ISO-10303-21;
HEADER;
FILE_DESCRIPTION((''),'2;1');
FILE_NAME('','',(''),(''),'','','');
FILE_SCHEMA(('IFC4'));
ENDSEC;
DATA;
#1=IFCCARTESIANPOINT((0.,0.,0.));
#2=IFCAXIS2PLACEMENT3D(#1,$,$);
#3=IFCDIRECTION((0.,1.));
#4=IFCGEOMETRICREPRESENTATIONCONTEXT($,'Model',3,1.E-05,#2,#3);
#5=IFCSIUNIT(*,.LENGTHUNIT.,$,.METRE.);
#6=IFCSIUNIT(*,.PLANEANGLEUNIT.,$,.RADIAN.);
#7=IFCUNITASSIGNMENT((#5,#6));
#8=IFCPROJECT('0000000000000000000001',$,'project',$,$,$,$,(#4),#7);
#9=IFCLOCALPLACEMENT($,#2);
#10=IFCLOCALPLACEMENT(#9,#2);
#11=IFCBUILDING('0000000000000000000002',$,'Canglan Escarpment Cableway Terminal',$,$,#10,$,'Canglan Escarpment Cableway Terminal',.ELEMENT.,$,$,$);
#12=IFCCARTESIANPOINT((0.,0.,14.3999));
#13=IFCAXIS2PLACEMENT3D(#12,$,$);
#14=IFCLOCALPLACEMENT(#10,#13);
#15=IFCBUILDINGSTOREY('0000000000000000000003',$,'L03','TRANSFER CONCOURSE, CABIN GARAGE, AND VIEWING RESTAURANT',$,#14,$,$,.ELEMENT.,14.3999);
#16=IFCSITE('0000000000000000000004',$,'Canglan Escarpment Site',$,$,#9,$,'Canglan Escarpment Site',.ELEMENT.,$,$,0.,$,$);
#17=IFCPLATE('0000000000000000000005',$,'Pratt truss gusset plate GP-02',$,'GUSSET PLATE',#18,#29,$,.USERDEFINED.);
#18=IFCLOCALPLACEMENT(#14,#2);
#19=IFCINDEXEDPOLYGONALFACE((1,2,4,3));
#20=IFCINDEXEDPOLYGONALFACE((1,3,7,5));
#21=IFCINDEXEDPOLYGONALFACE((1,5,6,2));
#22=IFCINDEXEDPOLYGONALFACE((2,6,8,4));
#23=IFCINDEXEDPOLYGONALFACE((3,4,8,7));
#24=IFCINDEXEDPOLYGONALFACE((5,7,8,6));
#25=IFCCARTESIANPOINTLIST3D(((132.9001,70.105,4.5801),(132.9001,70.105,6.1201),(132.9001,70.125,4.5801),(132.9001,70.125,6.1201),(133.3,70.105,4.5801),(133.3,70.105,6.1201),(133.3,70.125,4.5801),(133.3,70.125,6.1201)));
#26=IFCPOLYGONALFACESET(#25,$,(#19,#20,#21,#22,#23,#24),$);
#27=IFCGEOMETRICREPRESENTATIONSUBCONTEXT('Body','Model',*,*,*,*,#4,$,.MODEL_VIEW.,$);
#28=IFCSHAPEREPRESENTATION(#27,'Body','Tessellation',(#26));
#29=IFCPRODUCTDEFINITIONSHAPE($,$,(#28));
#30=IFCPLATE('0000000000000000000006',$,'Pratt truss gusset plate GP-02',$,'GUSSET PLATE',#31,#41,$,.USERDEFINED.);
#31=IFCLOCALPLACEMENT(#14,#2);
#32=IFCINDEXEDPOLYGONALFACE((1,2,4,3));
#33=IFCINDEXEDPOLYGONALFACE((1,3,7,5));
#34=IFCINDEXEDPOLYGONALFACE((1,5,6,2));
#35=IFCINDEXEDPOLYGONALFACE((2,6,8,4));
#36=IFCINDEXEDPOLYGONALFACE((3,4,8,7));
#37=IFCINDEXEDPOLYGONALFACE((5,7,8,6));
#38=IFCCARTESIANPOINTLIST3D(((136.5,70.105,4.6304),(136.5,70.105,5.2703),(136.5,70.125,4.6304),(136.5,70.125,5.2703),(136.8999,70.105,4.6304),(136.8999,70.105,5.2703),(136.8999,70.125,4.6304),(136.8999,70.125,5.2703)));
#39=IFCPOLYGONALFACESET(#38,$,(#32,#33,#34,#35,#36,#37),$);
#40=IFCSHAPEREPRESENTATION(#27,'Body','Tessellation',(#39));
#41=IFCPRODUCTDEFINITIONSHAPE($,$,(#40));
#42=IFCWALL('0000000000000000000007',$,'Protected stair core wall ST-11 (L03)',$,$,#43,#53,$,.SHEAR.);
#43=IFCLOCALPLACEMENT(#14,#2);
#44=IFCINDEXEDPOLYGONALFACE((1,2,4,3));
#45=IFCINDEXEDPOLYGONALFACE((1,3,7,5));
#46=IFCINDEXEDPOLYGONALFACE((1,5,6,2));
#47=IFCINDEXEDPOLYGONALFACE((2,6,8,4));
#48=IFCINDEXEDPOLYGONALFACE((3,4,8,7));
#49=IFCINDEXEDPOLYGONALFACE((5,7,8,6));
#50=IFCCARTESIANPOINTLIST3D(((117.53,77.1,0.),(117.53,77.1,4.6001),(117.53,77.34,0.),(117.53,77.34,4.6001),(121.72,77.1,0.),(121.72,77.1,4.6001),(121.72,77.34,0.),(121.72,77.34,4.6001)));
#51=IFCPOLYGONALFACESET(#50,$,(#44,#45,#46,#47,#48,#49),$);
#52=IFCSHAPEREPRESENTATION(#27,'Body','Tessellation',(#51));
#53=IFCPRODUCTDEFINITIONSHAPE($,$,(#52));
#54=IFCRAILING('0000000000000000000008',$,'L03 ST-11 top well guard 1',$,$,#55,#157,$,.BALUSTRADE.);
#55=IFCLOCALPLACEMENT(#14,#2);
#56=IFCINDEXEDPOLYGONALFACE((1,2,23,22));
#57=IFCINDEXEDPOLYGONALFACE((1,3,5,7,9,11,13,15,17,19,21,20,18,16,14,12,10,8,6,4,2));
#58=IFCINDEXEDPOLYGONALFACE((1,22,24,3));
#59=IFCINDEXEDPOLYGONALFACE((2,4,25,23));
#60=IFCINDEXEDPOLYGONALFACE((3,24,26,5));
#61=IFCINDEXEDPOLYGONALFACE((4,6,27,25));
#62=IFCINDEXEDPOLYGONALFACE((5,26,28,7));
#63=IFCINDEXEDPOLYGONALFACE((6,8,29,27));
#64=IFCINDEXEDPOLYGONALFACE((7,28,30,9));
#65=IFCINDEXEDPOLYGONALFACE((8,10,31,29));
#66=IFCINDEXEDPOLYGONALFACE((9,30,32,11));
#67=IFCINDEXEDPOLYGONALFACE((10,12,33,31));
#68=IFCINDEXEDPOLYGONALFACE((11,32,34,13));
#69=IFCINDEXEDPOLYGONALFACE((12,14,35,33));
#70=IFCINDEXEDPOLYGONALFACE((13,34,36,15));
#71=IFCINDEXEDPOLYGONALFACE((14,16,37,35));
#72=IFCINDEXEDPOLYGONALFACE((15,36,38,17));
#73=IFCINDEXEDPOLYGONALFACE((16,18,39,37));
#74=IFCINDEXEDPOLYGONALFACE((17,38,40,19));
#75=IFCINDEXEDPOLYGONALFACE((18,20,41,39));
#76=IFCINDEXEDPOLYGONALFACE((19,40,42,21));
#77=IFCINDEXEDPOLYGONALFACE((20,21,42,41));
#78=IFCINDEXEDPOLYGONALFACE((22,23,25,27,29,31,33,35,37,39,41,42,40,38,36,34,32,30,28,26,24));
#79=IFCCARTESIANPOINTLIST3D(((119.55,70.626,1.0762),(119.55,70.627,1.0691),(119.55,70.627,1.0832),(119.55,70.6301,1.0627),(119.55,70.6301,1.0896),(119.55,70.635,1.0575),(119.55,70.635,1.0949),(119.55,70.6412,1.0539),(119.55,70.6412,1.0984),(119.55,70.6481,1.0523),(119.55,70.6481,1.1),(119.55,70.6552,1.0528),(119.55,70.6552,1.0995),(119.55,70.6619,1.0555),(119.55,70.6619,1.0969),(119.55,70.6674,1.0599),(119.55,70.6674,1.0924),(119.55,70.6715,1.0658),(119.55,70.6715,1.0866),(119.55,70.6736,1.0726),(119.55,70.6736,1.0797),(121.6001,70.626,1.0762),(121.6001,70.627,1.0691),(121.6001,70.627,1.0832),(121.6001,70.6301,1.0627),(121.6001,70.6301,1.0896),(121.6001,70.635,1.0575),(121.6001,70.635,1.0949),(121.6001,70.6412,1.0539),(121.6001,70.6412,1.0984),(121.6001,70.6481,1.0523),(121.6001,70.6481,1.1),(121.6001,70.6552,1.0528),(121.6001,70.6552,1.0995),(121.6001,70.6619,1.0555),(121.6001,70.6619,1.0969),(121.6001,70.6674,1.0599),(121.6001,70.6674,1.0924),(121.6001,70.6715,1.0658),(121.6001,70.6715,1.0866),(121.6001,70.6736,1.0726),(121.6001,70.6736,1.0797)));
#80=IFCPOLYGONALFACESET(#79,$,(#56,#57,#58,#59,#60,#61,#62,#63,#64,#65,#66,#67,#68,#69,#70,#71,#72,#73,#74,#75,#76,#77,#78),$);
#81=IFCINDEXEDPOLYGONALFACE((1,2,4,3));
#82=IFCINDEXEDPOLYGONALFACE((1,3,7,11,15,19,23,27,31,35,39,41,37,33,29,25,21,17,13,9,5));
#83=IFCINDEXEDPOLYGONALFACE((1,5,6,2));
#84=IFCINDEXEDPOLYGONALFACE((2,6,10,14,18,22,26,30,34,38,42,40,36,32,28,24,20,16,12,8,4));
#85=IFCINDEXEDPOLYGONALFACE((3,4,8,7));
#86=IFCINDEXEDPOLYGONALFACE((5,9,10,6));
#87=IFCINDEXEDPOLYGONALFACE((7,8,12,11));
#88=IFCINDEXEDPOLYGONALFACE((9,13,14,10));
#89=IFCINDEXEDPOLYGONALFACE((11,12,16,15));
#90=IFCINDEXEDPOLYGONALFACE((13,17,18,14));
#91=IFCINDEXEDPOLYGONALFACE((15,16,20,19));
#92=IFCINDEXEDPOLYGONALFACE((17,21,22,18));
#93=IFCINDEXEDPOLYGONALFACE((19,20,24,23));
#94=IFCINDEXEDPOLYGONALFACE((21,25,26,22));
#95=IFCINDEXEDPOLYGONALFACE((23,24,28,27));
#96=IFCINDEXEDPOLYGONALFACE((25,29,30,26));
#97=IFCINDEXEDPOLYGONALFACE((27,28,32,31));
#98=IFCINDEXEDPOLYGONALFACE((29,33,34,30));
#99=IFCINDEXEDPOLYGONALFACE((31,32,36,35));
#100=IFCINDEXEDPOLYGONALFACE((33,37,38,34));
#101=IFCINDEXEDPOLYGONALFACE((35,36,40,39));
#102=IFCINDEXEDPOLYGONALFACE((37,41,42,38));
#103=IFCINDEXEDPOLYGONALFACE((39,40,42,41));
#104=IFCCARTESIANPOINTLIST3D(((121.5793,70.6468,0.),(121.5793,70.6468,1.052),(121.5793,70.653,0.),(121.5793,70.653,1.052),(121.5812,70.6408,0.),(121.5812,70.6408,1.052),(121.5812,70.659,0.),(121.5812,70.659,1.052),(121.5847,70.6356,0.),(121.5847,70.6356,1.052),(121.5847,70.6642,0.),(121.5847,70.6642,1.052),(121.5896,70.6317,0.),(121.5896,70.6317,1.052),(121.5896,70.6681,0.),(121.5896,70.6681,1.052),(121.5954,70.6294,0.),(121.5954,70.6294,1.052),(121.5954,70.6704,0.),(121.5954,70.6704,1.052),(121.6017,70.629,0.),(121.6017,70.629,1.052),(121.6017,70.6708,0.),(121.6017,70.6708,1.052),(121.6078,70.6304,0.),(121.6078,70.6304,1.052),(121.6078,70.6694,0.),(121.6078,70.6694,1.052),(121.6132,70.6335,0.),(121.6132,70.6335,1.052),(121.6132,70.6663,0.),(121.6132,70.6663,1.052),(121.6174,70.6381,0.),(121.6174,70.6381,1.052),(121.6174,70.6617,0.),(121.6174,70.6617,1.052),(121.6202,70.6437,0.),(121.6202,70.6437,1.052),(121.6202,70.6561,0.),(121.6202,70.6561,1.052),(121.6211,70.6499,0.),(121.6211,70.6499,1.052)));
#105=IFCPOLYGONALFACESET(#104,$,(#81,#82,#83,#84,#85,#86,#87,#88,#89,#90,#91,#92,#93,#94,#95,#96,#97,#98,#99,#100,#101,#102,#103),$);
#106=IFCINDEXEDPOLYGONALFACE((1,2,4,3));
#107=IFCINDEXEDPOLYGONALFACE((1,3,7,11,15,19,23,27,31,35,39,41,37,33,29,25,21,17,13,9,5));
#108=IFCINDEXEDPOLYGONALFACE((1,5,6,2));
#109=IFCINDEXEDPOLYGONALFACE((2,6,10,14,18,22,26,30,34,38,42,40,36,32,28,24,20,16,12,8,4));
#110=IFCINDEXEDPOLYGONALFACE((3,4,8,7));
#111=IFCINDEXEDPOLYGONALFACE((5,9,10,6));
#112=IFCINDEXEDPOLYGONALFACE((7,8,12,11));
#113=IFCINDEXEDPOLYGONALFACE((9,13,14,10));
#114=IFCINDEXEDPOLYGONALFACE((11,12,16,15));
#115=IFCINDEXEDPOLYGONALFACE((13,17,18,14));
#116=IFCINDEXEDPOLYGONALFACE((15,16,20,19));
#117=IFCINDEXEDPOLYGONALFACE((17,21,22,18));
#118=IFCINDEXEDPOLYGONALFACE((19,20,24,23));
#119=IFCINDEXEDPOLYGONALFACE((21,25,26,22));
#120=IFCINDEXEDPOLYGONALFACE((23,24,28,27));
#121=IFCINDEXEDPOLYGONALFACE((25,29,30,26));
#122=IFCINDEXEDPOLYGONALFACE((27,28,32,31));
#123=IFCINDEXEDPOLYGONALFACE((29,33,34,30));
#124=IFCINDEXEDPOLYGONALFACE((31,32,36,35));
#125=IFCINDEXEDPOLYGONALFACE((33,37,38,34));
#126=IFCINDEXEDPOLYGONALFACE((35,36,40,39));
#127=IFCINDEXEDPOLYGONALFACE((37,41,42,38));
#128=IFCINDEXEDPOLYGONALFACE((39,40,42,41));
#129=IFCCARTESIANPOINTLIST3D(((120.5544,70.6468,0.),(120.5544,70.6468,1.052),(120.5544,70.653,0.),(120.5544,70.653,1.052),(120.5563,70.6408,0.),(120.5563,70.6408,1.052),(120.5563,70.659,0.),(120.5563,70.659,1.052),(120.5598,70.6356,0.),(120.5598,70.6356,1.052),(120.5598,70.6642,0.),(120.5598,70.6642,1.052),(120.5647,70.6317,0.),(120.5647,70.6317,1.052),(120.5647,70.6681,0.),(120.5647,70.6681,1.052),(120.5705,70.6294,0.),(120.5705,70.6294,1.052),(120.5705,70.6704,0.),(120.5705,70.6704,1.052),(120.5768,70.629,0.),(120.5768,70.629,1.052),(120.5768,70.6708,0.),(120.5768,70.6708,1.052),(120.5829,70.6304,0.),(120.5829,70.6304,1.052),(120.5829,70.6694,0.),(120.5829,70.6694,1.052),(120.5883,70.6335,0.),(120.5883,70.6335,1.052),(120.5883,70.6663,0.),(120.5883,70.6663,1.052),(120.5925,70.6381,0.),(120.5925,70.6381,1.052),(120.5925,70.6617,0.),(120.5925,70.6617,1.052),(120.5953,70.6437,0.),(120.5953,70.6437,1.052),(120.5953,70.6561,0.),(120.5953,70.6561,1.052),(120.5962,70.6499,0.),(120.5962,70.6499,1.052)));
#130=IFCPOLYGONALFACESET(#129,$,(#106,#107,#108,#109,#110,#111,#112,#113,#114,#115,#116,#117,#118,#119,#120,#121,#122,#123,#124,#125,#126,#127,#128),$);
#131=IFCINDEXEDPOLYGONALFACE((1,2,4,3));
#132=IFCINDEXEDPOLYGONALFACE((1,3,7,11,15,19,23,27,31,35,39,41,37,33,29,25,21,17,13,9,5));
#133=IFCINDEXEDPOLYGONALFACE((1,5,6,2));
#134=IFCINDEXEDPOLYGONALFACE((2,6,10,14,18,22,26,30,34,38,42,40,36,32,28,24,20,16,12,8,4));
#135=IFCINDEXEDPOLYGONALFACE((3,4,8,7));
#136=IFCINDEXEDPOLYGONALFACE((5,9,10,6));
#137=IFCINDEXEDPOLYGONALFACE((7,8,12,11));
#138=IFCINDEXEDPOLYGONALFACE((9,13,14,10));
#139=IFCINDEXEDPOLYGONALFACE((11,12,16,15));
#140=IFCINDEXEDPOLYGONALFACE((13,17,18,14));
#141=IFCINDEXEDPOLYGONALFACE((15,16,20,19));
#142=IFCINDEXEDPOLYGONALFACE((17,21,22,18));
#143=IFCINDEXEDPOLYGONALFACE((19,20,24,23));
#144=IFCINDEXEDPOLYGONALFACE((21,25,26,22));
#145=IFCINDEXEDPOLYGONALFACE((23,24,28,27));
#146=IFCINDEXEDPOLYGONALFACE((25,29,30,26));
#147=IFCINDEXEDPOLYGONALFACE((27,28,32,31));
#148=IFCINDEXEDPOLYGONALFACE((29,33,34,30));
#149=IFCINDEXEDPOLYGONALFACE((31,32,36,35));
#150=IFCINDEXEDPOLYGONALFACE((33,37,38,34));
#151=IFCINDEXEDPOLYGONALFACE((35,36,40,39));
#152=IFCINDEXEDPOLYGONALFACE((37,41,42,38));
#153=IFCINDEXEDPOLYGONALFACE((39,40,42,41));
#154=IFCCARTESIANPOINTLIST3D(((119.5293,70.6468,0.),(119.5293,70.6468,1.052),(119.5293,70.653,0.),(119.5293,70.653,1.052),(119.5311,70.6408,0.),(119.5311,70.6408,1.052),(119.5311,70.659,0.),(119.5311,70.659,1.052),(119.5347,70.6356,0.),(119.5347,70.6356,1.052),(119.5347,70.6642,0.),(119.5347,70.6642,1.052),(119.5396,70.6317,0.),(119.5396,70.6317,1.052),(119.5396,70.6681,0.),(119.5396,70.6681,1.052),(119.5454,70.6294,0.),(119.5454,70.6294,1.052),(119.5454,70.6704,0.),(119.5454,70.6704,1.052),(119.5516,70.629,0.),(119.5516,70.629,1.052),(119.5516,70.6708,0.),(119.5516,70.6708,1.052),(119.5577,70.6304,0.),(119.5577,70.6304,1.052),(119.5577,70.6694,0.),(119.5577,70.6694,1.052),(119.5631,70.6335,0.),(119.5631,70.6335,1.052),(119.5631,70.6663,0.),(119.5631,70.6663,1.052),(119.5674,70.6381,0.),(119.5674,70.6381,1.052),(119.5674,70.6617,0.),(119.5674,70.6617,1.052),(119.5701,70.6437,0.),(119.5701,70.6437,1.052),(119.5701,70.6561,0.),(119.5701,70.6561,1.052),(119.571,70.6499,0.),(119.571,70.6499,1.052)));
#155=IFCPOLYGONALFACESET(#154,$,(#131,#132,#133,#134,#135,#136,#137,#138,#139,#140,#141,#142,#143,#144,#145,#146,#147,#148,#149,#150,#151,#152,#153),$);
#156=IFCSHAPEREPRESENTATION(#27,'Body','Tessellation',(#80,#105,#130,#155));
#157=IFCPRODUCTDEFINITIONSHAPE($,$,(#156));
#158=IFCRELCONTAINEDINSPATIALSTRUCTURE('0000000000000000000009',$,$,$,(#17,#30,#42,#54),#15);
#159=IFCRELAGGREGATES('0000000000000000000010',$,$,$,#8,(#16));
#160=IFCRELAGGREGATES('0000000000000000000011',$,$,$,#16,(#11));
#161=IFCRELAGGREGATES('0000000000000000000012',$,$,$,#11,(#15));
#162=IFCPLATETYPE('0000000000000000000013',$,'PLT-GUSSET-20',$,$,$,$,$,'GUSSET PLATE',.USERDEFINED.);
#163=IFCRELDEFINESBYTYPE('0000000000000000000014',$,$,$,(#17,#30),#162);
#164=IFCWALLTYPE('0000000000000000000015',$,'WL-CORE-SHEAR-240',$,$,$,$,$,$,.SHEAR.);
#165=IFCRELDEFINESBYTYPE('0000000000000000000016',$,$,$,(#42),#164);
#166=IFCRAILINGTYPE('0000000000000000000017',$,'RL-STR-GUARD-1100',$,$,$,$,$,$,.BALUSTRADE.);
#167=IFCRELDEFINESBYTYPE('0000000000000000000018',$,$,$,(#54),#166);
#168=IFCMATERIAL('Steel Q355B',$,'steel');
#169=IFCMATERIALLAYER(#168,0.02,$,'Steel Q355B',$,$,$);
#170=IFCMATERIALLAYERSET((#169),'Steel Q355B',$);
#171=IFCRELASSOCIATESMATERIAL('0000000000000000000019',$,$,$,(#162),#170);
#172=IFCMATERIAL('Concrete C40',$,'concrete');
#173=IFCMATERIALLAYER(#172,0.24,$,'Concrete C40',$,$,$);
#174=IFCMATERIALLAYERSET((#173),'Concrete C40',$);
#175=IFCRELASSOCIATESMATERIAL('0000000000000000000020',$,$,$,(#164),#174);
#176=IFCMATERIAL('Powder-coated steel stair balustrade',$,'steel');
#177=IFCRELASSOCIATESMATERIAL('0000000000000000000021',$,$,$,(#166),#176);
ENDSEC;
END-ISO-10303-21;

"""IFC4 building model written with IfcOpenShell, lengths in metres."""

from ifc_helpers import new_model, si_unit, direction, frame, frame_2d, origin, origin_2d, place, context, subcontext, project, spatial, rectangle, circle, extrude, material, layer, layer_set, type_object, element, save


model = new_model("IFC4")

# Units and contexts
model_context = context("Model", 3, precision=1e-05, world=origin(), true_north=direction((0.0, 1.0)))
body_context = subcontext(model_context, "Body", "Model", "MODEL_VIEW")
ifc_project = project(units=[si_unit("LENGTHUNIT", "METRE"), si_unit("PLANEANGLEUNIT", "RADIAN")], contexts=[model_context])

# Site, building, storey
site_placement = place(None, origin())
site = spatial("IfcSite", under=ifc_project, at=site_placement, Name="Canglan Escarpment Site", LongName="Canglan Escarpment Site", CompositionType="ELEMENT", RefElevation=0.0)
building_placement = place(site_placement, origin())
building = spatial("IfcBuilding", under=site, at=building_placement, Name="Canglan Escarpment Cableway Terminal", LongName="Canglan Escarpment Cableway Terminal", CompositionType="ELEMENT")
storey_placement = place(building_placement, frame((0.0, 0.0, 14.3999)))
storey = spatial("IfcBuildingStorey", under=building, at=storey_placement, Name="L03", Description="TRANSFER CONCOURSE, CABIN GARAGE, AND VIEWING RESTAURANT", CompositionType="ELEMENT", Elevation=14.3999)

# Plates
ifc_material_1 = material(Name="Steel Q355B", Category="steel")
ifc_layer_1 = layer(ifc_material_1, 0.02, Name="Steel Q355B")
ifc_layer_set_1 = layer_set([ifc_layer_1], Name="Steel Q355B")
plate_type_1 = type_object("IfcPlateType", Name="PLT-GUSSET-20", ElementType="GUSSET PLATE", PredefinedType="USERDEFINED", material=ifc_layer_set_1)
plate_1_placement = place(storey_placement, frame((133.1001, 70.115, 4.5801), z_axis=(0.0, 0.0, 1.0), x_axis=(1.0, 0.0, 0.0)))
element("IfcPlate", 1, at=plate_1_placement, inside=storey, type_object=plate_type_1, Name="Pratt truss gusset plate GP-02", ObjectType="GUSSET PLATE", PredefinedType="USERDEFINED", context=body_context, shape_type="SweptSolid", body=[
    extrude(rectangle(XDim=0.3999, YDim=0.02, at=origin_2d()), origin(), (0.0, 0.0, 1.0), 1.54),
])
plate_2_placement = place(storey_placement, frame((136.7, 70.115, 4.6304), z_axis=(0.0, 0.0, 1.0), x_axis=(1.0, 0.0, 0.0)))
element("IfcPlate", 2, at=plate_2_placement, inside=storey, type_object=plate_type_1, Name="Pratt truss gusset plate GP-02", ObjectType="GUSSET PLATE", PredefinedType="USERDEFINED", context=body_context, shape_type="SweptSolid", body=[
    extrude(rectangle(XDim=0.3999, YDim=0.02, at=origin_2d()), origin(), (0.0, 0.0, 1.0), 0.6399),
])

# Wall
ifc_material_2 = material(Name="Concrete C40", Category="concrete")
ifc_layer_2 = layer(ifc_material_2, 0.24, Name="Concrete C40")
ifc_layer_set_2 = layer_set([ifc_layer_2], Name="Concrete C40")
wall_type = type_object("IfcWallType", Name="WL-CORE-SHEAR-240", PredefinedType="SHEAR", material=ifc_layer_set_2)
wall_placement = place(storey_placement, frame((121.72, 77.22, 0.0), z_axis=(0.0, 0.0, 1.0), x_axis=(-1.0, 0.0, 0.0)))
element("IfcWall", 3, at=wall_placement, inside=storey, type_object=wall_type, Name="Protected stair core wall ST-11 (L03)", PredefinedType="SHEAR", context=body_context, shape_type="SweptSolid", body=[
    extrude(rectangle(XDim=4.1899, YDim=0.24, at=frame_2d((2.095, 0.0))), origin(), (0.0, 0.0, 1.0), 4.6001),
])

# Railing
ifc_material_3 = material(Name="Powder-coated steel stair balustrade", Category="steel")
railing_type = type_object("IfcRailingType", Name="RL-STR-GUARD-1100", PredefinedType="BALUSTRADE", material=ifc_material_3)
railing_placement = place(storey_placement, frame((121.6001, 70.6499, 0.0)))
element("IfcRailing", 4, at=railing_placement, inside=storey, type_object=railing_type, Name="L03 ST-11 top well guard 1", PredefinedType="BALUSTRADE", context=body_context, shape_type="SweptSolid", body=[
    extrude(circle(Radius=0.0239, at=origin_2d()), frame((0.0, 0.0, 1.0762), z_axis=(-1.0, 0.0, 0.0), x_axis=(0.0, -1.0, 0.0)), (0.0, 0.0, 1.0), 2.05),
    extrude(circle(Radius=0.021, at=origin_2d()), origin(), (0.0, 0.0, 1.0), 1.052),
    extrude(circle(Radius=0.021, at=origin_2d()), frame((-1.0249, 0.0, 0.0)), (0.0, 0.0, 1.0), 1.052),
    extrude(circle(Radius=0.021, at=origin_2d()), frame((-2.05, 0.0, 0.0)), (0.0, 0.0, 1.0), 1.052),
])

save(model, "model.ifc")
